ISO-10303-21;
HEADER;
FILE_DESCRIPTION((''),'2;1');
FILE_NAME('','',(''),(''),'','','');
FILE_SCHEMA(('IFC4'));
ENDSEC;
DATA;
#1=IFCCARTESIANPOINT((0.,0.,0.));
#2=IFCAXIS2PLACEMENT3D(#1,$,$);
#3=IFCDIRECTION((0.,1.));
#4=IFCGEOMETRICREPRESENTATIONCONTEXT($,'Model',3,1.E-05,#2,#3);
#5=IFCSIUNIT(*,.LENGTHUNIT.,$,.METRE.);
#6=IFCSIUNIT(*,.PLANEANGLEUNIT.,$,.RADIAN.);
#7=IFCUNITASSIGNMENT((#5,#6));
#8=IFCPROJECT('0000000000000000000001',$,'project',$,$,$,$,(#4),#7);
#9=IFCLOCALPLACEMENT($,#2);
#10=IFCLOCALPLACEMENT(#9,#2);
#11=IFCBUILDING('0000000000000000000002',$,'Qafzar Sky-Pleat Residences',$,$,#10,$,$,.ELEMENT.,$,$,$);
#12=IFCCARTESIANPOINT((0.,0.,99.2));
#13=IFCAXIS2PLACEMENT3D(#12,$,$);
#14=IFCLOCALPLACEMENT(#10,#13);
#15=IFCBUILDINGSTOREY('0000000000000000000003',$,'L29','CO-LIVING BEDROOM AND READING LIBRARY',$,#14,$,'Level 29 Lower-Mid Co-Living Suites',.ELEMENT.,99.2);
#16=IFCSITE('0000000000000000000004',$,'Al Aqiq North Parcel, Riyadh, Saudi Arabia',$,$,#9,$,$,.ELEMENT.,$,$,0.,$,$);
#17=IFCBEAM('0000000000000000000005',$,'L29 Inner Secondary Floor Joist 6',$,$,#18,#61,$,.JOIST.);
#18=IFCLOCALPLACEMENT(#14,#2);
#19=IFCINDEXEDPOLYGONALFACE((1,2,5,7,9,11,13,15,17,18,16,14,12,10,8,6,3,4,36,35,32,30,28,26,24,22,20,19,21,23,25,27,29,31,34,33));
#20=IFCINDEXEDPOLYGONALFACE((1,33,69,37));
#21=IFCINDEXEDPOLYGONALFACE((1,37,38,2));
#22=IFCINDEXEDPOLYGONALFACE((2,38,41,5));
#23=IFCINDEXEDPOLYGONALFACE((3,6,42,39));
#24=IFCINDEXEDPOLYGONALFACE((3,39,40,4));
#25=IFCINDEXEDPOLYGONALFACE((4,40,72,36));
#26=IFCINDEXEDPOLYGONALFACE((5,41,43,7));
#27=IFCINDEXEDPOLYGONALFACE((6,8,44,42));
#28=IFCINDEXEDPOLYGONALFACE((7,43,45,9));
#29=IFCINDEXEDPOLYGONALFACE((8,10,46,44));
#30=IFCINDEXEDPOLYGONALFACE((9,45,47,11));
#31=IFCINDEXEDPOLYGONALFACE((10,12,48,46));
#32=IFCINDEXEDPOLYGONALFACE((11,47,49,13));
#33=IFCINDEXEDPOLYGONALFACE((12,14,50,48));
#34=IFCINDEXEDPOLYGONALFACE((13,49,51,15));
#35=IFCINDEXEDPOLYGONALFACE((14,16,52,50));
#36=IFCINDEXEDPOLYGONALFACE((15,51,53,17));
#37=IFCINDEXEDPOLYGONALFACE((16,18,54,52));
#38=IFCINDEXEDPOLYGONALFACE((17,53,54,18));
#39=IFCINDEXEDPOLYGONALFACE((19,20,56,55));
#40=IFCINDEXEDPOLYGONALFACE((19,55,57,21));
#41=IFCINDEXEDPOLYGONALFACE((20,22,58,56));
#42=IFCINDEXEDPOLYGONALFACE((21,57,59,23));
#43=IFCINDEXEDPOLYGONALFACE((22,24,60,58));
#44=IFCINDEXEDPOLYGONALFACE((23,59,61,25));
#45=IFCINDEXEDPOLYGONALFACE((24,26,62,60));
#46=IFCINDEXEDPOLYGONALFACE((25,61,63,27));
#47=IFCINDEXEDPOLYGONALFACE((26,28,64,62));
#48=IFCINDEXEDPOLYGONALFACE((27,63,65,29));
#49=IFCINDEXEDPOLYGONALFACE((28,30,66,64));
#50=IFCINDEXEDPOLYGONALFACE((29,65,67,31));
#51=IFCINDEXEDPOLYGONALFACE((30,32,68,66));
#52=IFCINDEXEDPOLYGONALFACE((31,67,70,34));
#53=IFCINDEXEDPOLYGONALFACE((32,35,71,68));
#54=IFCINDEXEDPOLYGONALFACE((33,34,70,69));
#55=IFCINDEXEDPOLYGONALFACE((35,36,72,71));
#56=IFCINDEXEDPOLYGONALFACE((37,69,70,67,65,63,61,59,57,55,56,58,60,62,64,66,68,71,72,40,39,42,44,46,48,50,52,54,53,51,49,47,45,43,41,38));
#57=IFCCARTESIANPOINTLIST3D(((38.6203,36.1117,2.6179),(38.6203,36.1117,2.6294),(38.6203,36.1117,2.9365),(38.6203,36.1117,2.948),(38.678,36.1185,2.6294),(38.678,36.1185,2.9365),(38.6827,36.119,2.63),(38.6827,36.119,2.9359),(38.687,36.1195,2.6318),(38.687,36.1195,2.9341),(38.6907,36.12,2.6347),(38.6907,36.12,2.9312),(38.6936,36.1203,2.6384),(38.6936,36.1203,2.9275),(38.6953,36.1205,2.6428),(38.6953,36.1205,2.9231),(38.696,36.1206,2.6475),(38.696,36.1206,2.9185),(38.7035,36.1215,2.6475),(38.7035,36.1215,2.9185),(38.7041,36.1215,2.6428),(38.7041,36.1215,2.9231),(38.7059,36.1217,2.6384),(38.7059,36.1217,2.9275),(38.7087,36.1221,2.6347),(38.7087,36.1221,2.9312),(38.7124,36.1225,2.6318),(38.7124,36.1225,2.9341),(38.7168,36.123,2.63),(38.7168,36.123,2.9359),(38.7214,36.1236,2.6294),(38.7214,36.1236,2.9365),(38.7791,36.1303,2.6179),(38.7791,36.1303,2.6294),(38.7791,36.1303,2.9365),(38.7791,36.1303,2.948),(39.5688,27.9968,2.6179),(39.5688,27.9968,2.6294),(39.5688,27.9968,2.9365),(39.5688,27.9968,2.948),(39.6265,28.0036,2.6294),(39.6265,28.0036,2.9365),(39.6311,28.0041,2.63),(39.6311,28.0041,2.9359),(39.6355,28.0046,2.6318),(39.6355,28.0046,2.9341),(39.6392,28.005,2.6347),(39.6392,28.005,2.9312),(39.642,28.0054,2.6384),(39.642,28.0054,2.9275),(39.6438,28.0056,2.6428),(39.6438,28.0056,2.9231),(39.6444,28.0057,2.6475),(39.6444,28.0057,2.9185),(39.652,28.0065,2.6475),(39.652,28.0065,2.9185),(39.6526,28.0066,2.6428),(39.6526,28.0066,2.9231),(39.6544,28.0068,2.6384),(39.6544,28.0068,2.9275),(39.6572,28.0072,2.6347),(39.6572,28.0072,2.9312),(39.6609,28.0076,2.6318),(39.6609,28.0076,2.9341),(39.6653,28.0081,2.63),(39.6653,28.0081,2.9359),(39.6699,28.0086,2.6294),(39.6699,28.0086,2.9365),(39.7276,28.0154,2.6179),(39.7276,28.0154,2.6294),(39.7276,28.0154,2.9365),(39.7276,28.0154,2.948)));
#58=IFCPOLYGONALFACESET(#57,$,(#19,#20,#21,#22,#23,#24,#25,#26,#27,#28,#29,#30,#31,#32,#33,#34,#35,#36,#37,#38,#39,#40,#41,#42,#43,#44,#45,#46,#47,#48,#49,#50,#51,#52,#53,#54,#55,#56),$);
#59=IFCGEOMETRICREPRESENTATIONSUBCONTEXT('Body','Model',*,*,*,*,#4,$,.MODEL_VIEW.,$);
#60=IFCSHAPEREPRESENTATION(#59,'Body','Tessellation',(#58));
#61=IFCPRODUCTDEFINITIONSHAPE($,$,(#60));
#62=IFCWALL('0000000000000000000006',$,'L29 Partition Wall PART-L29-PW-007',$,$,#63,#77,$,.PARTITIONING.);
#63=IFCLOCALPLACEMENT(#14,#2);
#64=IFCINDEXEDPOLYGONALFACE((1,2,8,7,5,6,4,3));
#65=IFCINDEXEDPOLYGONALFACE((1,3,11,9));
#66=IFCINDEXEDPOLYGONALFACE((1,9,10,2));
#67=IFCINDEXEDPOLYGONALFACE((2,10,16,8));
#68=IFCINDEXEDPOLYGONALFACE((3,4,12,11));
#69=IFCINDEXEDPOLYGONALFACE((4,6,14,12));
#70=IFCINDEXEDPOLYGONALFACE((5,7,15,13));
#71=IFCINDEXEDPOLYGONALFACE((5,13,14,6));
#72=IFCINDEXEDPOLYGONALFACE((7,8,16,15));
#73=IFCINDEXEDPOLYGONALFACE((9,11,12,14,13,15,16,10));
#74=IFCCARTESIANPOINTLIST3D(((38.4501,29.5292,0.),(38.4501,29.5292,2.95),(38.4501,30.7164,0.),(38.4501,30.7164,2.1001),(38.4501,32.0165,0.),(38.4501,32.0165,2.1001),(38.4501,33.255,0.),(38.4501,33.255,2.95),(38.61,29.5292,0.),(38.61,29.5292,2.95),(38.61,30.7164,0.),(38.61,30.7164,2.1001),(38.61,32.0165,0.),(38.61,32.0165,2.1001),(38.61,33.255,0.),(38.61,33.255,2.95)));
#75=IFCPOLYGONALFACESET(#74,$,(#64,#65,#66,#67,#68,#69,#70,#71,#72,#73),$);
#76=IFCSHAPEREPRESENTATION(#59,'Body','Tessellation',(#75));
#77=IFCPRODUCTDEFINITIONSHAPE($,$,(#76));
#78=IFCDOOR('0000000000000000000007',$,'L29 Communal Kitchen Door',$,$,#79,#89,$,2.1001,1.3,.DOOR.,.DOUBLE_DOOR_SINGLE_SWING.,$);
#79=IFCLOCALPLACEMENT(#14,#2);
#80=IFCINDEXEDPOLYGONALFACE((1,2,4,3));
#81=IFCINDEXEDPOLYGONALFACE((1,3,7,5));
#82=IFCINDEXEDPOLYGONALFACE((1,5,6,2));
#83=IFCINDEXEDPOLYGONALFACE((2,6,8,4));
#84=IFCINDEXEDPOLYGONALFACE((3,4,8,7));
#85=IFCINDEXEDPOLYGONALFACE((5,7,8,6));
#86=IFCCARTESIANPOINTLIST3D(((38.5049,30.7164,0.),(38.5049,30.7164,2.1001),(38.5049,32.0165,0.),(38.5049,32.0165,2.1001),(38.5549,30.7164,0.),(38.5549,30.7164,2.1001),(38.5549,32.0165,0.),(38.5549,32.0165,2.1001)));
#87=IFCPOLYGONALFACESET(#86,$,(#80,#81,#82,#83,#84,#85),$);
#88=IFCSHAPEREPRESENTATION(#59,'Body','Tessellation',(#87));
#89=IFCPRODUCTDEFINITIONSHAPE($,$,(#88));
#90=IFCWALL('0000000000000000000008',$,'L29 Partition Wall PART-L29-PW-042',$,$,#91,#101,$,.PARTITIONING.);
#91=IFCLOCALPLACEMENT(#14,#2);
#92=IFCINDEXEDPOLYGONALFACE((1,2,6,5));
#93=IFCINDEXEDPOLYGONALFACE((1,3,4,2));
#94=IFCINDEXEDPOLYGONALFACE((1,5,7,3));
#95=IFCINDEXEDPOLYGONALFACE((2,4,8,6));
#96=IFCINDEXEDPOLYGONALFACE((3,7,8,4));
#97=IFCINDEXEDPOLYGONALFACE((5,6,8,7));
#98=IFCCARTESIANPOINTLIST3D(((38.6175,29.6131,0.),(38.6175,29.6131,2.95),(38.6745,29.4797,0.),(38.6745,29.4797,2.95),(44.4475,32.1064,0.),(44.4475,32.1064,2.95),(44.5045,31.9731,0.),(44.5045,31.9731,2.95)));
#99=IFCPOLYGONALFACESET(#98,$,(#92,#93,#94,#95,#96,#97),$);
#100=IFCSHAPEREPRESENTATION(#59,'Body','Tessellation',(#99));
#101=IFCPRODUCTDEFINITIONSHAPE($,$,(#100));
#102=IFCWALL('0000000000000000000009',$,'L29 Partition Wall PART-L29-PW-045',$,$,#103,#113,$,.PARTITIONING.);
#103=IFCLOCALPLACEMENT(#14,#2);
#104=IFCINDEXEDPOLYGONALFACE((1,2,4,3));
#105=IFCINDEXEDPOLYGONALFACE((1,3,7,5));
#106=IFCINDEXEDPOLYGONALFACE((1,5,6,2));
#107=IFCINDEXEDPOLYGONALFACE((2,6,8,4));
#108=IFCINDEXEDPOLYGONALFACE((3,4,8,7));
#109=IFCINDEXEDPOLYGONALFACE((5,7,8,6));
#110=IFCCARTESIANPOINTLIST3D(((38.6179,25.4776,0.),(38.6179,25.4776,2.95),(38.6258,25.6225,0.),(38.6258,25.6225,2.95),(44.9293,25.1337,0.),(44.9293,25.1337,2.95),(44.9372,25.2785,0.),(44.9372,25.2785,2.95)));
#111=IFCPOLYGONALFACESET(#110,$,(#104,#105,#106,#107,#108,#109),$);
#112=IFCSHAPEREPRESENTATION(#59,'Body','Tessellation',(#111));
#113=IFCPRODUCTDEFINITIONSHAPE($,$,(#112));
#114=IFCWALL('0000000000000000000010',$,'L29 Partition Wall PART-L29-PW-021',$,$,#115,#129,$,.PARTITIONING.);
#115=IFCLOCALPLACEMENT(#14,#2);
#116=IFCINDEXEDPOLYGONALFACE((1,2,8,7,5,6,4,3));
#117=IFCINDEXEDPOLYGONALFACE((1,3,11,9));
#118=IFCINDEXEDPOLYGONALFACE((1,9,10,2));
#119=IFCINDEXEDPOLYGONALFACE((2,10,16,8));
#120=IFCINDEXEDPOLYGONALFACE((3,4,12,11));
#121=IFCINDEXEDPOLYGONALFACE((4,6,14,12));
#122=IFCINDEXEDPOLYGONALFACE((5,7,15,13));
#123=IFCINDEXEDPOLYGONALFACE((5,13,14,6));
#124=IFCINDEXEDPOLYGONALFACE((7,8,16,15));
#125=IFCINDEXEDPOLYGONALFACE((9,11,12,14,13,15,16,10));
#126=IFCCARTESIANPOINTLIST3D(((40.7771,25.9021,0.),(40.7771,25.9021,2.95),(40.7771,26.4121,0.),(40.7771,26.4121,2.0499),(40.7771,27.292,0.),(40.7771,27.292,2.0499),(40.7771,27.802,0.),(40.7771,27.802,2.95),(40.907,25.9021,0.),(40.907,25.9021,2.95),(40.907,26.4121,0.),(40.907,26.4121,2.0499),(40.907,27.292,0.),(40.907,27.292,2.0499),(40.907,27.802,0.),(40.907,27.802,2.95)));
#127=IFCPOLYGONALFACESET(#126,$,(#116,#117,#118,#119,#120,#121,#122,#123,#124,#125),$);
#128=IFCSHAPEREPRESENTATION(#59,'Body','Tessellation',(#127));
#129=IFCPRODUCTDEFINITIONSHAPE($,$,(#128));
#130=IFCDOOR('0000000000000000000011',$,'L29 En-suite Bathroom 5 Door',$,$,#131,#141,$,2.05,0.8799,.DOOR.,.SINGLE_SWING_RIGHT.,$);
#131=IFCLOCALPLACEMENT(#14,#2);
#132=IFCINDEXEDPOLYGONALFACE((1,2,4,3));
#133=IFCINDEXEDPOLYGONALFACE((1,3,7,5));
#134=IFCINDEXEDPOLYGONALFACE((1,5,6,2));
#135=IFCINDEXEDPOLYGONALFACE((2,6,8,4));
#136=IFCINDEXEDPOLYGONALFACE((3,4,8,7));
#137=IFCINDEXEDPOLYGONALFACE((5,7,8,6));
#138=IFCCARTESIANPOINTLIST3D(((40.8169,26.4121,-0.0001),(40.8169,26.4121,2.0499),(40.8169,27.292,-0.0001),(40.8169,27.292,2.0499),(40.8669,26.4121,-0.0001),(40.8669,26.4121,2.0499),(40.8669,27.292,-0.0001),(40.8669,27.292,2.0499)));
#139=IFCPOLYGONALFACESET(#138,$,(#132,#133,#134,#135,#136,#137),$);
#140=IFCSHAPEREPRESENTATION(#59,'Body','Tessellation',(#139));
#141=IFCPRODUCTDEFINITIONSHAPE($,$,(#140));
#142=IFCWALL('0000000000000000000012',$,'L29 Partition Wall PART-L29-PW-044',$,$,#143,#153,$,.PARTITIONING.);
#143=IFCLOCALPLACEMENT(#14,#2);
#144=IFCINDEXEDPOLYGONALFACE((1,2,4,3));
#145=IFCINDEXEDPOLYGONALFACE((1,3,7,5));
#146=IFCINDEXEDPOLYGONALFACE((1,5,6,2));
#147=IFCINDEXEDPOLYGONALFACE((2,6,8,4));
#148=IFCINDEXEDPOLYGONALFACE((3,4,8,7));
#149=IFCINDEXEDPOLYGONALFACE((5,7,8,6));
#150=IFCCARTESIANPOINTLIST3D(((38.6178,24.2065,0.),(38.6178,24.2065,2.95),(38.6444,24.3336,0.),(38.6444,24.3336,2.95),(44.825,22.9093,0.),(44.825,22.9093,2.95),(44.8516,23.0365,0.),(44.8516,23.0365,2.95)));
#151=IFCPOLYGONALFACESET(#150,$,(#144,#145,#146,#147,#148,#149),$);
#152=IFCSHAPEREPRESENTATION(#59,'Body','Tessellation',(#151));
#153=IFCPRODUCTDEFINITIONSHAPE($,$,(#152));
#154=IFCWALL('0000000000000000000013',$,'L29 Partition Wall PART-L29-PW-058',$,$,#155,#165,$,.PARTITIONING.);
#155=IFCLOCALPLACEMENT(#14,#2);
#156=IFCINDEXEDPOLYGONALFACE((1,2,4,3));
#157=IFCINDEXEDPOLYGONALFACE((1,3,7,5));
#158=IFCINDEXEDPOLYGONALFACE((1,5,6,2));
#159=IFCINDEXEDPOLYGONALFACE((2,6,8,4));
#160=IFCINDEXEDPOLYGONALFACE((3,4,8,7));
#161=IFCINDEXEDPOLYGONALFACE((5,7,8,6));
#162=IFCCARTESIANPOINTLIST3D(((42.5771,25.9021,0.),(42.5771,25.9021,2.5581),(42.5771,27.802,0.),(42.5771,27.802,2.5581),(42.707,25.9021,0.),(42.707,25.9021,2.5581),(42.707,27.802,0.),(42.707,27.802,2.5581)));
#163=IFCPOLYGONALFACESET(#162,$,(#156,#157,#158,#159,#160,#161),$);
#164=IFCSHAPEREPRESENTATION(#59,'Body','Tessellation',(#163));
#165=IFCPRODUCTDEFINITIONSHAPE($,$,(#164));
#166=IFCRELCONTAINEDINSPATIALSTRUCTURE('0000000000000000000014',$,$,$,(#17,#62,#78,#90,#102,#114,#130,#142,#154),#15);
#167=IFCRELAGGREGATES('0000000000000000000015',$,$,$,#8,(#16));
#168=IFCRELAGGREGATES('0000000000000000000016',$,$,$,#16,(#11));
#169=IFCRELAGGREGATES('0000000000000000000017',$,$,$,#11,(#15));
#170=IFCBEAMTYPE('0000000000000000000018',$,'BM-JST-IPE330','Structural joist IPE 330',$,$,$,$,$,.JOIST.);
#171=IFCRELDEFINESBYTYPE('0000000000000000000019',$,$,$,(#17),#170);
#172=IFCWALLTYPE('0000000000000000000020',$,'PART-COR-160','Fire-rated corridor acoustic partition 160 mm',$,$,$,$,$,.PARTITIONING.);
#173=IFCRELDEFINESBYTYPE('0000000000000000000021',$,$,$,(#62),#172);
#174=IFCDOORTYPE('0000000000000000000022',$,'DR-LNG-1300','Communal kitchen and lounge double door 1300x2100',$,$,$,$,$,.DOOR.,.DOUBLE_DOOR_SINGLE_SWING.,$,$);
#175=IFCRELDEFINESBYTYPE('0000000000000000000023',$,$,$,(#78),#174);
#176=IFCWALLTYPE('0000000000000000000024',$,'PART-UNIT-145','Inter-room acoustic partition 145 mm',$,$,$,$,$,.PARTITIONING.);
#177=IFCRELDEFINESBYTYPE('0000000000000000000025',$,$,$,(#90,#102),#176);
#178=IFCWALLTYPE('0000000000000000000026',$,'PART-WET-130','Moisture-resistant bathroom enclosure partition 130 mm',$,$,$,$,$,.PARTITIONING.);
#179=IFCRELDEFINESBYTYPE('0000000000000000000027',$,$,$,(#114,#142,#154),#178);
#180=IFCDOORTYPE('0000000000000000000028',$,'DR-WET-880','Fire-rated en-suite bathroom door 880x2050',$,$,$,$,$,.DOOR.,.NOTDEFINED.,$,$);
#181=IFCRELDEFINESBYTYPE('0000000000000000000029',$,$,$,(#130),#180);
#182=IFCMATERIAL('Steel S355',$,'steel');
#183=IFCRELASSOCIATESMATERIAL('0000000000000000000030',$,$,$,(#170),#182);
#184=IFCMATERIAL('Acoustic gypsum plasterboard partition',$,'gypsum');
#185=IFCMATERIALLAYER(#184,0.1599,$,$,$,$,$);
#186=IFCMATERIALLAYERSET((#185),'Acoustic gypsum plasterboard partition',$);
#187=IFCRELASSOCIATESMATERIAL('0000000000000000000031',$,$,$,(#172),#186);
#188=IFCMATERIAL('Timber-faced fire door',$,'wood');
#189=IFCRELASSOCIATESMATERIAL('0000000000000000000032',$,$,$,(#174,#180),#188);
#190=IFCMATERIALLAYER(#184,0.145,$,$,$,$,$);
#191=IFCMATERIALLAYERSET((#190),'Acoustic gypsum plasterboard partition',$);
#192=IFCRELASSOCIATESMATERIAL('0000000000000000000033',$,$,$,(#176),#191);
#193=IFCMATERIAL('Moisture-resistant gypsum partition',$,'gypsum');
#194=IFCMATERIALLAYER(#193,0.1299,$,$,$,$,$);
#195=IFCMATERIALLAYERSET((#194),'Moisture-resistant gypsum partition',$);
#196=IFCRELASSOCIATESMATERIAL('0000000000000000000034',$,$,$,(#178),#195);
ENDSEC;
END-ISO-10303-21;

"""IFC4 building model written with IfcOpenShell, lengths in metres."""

from ifc_helpers import new_model, si_unit, direction, frame, frame_2d, origin, origin_2d, place, context, subcontext, project, spatial, rectangle, i_section, extrude, source, transform, mapped, material, layer, layer_set, material_profile, profile_set, type_object, element, fill, save


model = new_model("IFC4")

# Units and contexts
model_context = context("Model", 3, precision=1e-05, world=origin(), true_north=direction((0.0, 1.0)))
body_context = subcontext(model_context, "Body", "Model", "MODEL_VIEW")
ifc_project = project(units=[si_unit("LENGTHUNIT", "METRE"), si_unit("PLANEANGLEUNIT", "RADIAN")], contexts=[model_context])

# Site, building, storey
site_placement = place(None, origin())
site = spatial("IfcSite", under=ifc_project, at=site_placement, Name="Al Aqiq North Parcel, Riyadh, Saudi Arabia", CompositionType="ELEMENT", RefElevation=0.0)
building_placement = place(site_placement, origin())
building = spatial("IfcBuilding", under=site, at=building_placement, Name="Qafzar Sky-Pleat Residences", CompositionType="ELEMENT")
storey_placement = place(building_placement, frame((0.0, 0.0, 99.2)))
storey = spatial("IfcBuildingStorey", under=building, at=storey_placement, Name="L29", Description="CO-LIVING BEDROOM AND READING LIBRARY", LongName="Level 29 Lower-Mid Co-Living Suites", CompositionType="ELEMENT", Elevation=99.2)

# Beam
ifc_material_1 = material(Name="Steel S355", Category="steel")
ifc_material_profile_1 = material_profile(ifc_material_1, i_section(OverallWidth=0.1599, OverallDepth=0.3301, WebThickness=0.0076, FlangeThickness=0.0115, FilletRadius=0.0181, at=origin_2d()), Name="IPE 330")
ifc_profile_set_1 = profile_set([ifc_material_profile_1], Name="Steel S355")
beam_type_1 = type_object("IfcBeamType", Name="BM-JST-IPE330", Description="Structural joist IPE 330", PredefinedType="JOIST", material=ifc_profile_set_1)
shared_shape_1 = source(origin(), body_context, "Body", "SweptSolid", [
    extrude(i_section(OverallWidth=0.1599, OverallDepth=0.3301, WebThickness=0.0076, FlangeThickness=0.0115, FilletRadius=0.0181, at=origin_2d()), origin(), (0.0, 0.0, 1.0), 8.1702),
])
beam_1_placement = place(storey_placement, frame((39.6482, 28.0061, 2.783), z_axis=(-0.11609, 0.993239, 0.0), x_axis=(-0.993239, -0.11609, 0.0)))
element("IfcBeam", 1, at=beam_1_placement, inside=storey, type_object=beam_type_1, Name="L29 Inner Secondary Floor Joist 6", PredefinedType="JOIST", context=body_context, shape_type="MappedRepresentation", body=[
    mapped(shared_shape_1, transform((0.0, 0.0, 0.0), x_axis=(1.0, 0.0, 0.0), y_axis=(0.0, 1.0, 0.0), z_axis=(0.0, 0.0, 1.0), scale=1.0)),
])

# Wall, opening, door
ifc_material_2 = material(Name="Acoustic gypsum plasterboard partition", Category="gypsum")
ifc_layer_1 = layer(ifc_material_2, 0.1599)
ifc_layer_set_1 = layer_set([ifc_layer_1], Name="Acoustic gypsum plasterboard partition")
wall_type_1 = type_object("IfcWallType", Name="PART-COR-160", Description="Fire-rated corridor acoustic partition 160 mm", PredefinedType="PARTITIONING", material=ifc_layer_set_1)
wall_1_placement = place(storey_placement, frame((38.53, 33.2549, 0.0), z_axis=(0.0, 0.0, 1.0), x_axis=(0.0, -1.0, 0.0)))
wall_1 = element("IfcWall", 2, at=wall_1_placement, inside=storey, type_object=wall_type_1, Name="L29 Partition Wall PART-L29-PW-007", PredefinedType="PARTITIONING", context=body_context, shape_type="SweptSolid", body=[
    extrude(rectangle(XDim=3.7258, YDim=0.1599, at=frame_2d((1.8628, 0.0))), origin(), (0.0, 0.0, 1.0), 2.95),
])
opening_1_placement = place(wall_1_placement, frame((1.2385, 0.0, 0.0)))
opening_1 = element("IfcOpeningElement", 3, at=opening_1_placement, cuts=wall_1, PredefinedType="OPENING", context=body_context, shape_type="SweptSolid", body=[
    extrude(rectangle(XDim=1.3, YDim=2.1001, at=frame_2d((0.6499, 1.05))), frame((0.0, 0.0898, 0.0), z_axis=(0.0, -1.0, 0.0), x_axis=(1.0, 0.0, 0.0)), (0.0, 0.0, 1.0), 0.1799),
])
ifc_material_3 = material(Name="Timber-faced fire door", Category="wood")
door_type_1 = type_object("IfcDoorType", Name="DR-LNG-1300", Description="Communal kitchen and lounge double door 1300x2100", OperationType="DOUBLE_DOOR_SINGLE_SWING", PredefinedType="DOOR", material=ifc_material_3)
shared_shape_2 = source(origin(), body_context, "Body", "SweptSolid", [
    extrude(rectangle(XDim=1.3, YDim=2.1001, at=frame_2d((0.6499, 1.05))), frame((0.0, 0.0249, 0.0), z_axis=(0.0, -1.0, 0.0), x_axis=(1.0, 0.0, 0.0)), (0.0, 0.0, 1.0), 0.05),
])
door_1_placement = place(opening_1_placement, origin())
door_1 = element("IfcDoor", 4, at=door_1_placement, inside=storey, type_object=door_type_1, Name="L29 Communal Kitchen Door", OperationType="DOUBLE_DOOR_SINGLE_SWING", OverallHeight=2.1001, OverallWidth=1.3, PredefinedType="DOOR", context=body_context, shape_type="MappedRepresentation", body=[
    mapped(shared_shape_2, transform((0.0, 0.0, 0.0), x_axis=(1.0, 0.0, 0.0), y_axis=(0.0, 1.0, 0.0), z_axis=(0.0, 0.0, 1.0), scale=1.0)),
])
fill(opening_1, door_1)

# Walls
ifc_layer_2 = layer(ifc_material_2, 0.145)
ifc_layer_set_2 = layer_set([ifc_layer_2], Name="Acoustic gypsum plasterboard partition")
wall_type_2 = type_object("IfcWallType", Name="PART-UNIT-145", Description="Inter-room acoustic partition 145 mm", PredefinedType="PARTITIONING", material=ifc_layer_set_2)
wall_2_placement = place(storey_placement, frame((38.646, 29.5464, 0.0), z_axis=(0.0, 0.0, 1.0), x_axis=(0.919442, 0.393227, 0.0)))
element("IfcWall", 5, at=wall_2_placement, inside=storey, type_object=wall_type_2, Name="L29 Partition Wall PART-L29-PW-042", PredefinedType="PARTITIONING", context=body_context, shape_type="SweptSolid", body=[
    extrude(rectangle(XDim=6.3408, YDim=0.145, at=frame_2d((3.1704, 0.0))), origin(), (0.0, 0.0, 1.0), 2.95),
])
wall_3_placement = place(storey_placement, frame((38.6218, 25.55, 0.0), z_axis=(0.0, 0.0, 1.0), x_axis=(0.998518, -0.054422, 0.0)))
element("IfcWall", 6, at=wall_3_placement, inside=storey, type_object=wall_type_2, Name="L29 Partition Wall PART-L29-PW-045", PredefinedType="PARTITIONING", context=body_context, shape_type="SweptSolid", body=[
    extrude(rectangle(XDim=6.3208, YDim=0.145, at=frame_2d((3.1604, 0.0))), origin(), (0.0, 0.0, 1.0), 2.95),
])

# Wall, opening, door
ifc_material_4 = material(Name="Moisture-resistant gypsum partition", Category="gypsum")
ifc_layer_3 = layer(ifc_material_4, 0.1299)
ifc_layer_set_3 = layer_set([ifc_layer_3], Name="Moisture-resistant gypsum partition")
wall_type_3 = type_object("IfcWallType", Name="PART-WET-130", Description="Moisture-resistant bathroom enclosure partition 130 mm", PredefinedType="PARTITIONING", material=ifc_layer_set_3)
wall_4_placement = place(storey_placement, frame((40.842, 27.802, 0.0), z_axis=(0.0, 0.0, 1.0), x_axis=(0.0, -1.0, 0.0)))
wall_4 = element("IfcWall", 7, at=wall_4_placement, inside=storey, type_object=wall_type_3, Name="L29 Partition Wall PART-L29-PW-021", PredefinedType="PARTITIONING", context=body_context, shape_type="SweptSolid", body=[
    extrude(rectangle(XDim=1.8999, YDim=0.1299, at=frame_2d((0.95, 0.0))), origin(), (0.0, 0.0, 1.0), 2.95),
])
opening_2_placement = place(wall_4_placement, frame((0.51, 0.0, 0.0)))
opening_2 = element("IfcOpeningElement", 8, at=opening_2_placement, cuts=wall_4, PredefinedType="OPENING", context=body_context, shape_type="SweptSolid", body=[
    extrude(rectangle(XDim=0.8799, YDim=2.05, at=frame_2d((0.4399, 1.0249))), frame((0.0, 0.075, 0.0), z_axis=(0.0, -1.0, 0.0), x_axis=(1.0, 0.0, 0.0)), (0.0, 0.0, 1.0), 0.1499),
])
door_type_2 = type_object("IfcDoorType", Name="DR-WET-880", Description="Fire-rated en-suite bathroom door 880x2050", OperationType="NOTDEFINED", PredefinedType="DOOR", material=ifc_material_3)
shared_shape_3 = source(origin(), body_context, "Body", "SweptSolid", [
    extrude(rectangle(XDim=0.8799, YDim=2.05, at=frame_2d((0.4399, 1.0249))), frame((0.0, 0.0249, 0.0), z_axis=(0.0, -1.0, 0.0), x_axis=(1.0, 0.0, 0.0)), (0.0, 0.0, 1.0), 0.05),
])
door_2_placement = place(opening_2_placement, origin())
door_2 = element("IfcDoor", 9, at=door_2_placement, inside=storey, type_object=door_type_2, Name="L29 En-suite Bathroom 5 Door", OperationType="SINGLE_SWING_RIGHT", OverallHeight=2.05, OverallWidth=0.8799, PredefinedType="DOOR", context=body_context, shape_type="MappedRepresentation", body=[
    mapped(shared_shape_3, transform((0.0, 0.0, 0.0), x_axis=(1.0, 0.0, 0.0), y_axis=(0.0, 1.0, 0.0), z_axis=(0.0, 0.0, 1.0), scale=1.0)),
])
fill(opening_2, door_2)

# Walls
wall_5_placement = place(storey_placement, frame((38.6311, 24.27, 0.0), z_axis=(0.0, 0.0, 1.0), x_axis=(0.978856, -0.204549, 0.0)))
element("IfcWall", 10, at=wall_5_placement, inside=storey, type_object=wall_type_3, Name="L29 Partition Wall PART-L29-PW-044", PredefinedType="PARTITIONING", context=body_context, shape_type="SweptSolid", body=[
    extrude(rectangle(XDim=6.3413, YDim=0.1299, at=frame_2d((3.1707, 0.0))), origin(), (0.0, 0.0, 1.0), 2.95),
])
wall_6_placement = place(storey_placement, frame((42.6421, 25.9021, 0.0), z_axis=(0.0, 0.0, 1.0), x_axis=(0.0, 1.0, 0.0)))
element("IfcWall", 11, at=wall_6_placement, inside=storey, type_object=wall_type_3, Name="L29 Partition Wall PART-L29-PW-058", PredefinedType="PARTITIONING", context=body_context, shape_type="SweptSolid", body=[
    extrude(rectangle(XDim=1.8999, YDim=0.1299, at=frame_2d((0.95, 0.0))), origin(), (0.0, 0.0, 1.0), 2.5581),
])

save(model, "model.ifc")
